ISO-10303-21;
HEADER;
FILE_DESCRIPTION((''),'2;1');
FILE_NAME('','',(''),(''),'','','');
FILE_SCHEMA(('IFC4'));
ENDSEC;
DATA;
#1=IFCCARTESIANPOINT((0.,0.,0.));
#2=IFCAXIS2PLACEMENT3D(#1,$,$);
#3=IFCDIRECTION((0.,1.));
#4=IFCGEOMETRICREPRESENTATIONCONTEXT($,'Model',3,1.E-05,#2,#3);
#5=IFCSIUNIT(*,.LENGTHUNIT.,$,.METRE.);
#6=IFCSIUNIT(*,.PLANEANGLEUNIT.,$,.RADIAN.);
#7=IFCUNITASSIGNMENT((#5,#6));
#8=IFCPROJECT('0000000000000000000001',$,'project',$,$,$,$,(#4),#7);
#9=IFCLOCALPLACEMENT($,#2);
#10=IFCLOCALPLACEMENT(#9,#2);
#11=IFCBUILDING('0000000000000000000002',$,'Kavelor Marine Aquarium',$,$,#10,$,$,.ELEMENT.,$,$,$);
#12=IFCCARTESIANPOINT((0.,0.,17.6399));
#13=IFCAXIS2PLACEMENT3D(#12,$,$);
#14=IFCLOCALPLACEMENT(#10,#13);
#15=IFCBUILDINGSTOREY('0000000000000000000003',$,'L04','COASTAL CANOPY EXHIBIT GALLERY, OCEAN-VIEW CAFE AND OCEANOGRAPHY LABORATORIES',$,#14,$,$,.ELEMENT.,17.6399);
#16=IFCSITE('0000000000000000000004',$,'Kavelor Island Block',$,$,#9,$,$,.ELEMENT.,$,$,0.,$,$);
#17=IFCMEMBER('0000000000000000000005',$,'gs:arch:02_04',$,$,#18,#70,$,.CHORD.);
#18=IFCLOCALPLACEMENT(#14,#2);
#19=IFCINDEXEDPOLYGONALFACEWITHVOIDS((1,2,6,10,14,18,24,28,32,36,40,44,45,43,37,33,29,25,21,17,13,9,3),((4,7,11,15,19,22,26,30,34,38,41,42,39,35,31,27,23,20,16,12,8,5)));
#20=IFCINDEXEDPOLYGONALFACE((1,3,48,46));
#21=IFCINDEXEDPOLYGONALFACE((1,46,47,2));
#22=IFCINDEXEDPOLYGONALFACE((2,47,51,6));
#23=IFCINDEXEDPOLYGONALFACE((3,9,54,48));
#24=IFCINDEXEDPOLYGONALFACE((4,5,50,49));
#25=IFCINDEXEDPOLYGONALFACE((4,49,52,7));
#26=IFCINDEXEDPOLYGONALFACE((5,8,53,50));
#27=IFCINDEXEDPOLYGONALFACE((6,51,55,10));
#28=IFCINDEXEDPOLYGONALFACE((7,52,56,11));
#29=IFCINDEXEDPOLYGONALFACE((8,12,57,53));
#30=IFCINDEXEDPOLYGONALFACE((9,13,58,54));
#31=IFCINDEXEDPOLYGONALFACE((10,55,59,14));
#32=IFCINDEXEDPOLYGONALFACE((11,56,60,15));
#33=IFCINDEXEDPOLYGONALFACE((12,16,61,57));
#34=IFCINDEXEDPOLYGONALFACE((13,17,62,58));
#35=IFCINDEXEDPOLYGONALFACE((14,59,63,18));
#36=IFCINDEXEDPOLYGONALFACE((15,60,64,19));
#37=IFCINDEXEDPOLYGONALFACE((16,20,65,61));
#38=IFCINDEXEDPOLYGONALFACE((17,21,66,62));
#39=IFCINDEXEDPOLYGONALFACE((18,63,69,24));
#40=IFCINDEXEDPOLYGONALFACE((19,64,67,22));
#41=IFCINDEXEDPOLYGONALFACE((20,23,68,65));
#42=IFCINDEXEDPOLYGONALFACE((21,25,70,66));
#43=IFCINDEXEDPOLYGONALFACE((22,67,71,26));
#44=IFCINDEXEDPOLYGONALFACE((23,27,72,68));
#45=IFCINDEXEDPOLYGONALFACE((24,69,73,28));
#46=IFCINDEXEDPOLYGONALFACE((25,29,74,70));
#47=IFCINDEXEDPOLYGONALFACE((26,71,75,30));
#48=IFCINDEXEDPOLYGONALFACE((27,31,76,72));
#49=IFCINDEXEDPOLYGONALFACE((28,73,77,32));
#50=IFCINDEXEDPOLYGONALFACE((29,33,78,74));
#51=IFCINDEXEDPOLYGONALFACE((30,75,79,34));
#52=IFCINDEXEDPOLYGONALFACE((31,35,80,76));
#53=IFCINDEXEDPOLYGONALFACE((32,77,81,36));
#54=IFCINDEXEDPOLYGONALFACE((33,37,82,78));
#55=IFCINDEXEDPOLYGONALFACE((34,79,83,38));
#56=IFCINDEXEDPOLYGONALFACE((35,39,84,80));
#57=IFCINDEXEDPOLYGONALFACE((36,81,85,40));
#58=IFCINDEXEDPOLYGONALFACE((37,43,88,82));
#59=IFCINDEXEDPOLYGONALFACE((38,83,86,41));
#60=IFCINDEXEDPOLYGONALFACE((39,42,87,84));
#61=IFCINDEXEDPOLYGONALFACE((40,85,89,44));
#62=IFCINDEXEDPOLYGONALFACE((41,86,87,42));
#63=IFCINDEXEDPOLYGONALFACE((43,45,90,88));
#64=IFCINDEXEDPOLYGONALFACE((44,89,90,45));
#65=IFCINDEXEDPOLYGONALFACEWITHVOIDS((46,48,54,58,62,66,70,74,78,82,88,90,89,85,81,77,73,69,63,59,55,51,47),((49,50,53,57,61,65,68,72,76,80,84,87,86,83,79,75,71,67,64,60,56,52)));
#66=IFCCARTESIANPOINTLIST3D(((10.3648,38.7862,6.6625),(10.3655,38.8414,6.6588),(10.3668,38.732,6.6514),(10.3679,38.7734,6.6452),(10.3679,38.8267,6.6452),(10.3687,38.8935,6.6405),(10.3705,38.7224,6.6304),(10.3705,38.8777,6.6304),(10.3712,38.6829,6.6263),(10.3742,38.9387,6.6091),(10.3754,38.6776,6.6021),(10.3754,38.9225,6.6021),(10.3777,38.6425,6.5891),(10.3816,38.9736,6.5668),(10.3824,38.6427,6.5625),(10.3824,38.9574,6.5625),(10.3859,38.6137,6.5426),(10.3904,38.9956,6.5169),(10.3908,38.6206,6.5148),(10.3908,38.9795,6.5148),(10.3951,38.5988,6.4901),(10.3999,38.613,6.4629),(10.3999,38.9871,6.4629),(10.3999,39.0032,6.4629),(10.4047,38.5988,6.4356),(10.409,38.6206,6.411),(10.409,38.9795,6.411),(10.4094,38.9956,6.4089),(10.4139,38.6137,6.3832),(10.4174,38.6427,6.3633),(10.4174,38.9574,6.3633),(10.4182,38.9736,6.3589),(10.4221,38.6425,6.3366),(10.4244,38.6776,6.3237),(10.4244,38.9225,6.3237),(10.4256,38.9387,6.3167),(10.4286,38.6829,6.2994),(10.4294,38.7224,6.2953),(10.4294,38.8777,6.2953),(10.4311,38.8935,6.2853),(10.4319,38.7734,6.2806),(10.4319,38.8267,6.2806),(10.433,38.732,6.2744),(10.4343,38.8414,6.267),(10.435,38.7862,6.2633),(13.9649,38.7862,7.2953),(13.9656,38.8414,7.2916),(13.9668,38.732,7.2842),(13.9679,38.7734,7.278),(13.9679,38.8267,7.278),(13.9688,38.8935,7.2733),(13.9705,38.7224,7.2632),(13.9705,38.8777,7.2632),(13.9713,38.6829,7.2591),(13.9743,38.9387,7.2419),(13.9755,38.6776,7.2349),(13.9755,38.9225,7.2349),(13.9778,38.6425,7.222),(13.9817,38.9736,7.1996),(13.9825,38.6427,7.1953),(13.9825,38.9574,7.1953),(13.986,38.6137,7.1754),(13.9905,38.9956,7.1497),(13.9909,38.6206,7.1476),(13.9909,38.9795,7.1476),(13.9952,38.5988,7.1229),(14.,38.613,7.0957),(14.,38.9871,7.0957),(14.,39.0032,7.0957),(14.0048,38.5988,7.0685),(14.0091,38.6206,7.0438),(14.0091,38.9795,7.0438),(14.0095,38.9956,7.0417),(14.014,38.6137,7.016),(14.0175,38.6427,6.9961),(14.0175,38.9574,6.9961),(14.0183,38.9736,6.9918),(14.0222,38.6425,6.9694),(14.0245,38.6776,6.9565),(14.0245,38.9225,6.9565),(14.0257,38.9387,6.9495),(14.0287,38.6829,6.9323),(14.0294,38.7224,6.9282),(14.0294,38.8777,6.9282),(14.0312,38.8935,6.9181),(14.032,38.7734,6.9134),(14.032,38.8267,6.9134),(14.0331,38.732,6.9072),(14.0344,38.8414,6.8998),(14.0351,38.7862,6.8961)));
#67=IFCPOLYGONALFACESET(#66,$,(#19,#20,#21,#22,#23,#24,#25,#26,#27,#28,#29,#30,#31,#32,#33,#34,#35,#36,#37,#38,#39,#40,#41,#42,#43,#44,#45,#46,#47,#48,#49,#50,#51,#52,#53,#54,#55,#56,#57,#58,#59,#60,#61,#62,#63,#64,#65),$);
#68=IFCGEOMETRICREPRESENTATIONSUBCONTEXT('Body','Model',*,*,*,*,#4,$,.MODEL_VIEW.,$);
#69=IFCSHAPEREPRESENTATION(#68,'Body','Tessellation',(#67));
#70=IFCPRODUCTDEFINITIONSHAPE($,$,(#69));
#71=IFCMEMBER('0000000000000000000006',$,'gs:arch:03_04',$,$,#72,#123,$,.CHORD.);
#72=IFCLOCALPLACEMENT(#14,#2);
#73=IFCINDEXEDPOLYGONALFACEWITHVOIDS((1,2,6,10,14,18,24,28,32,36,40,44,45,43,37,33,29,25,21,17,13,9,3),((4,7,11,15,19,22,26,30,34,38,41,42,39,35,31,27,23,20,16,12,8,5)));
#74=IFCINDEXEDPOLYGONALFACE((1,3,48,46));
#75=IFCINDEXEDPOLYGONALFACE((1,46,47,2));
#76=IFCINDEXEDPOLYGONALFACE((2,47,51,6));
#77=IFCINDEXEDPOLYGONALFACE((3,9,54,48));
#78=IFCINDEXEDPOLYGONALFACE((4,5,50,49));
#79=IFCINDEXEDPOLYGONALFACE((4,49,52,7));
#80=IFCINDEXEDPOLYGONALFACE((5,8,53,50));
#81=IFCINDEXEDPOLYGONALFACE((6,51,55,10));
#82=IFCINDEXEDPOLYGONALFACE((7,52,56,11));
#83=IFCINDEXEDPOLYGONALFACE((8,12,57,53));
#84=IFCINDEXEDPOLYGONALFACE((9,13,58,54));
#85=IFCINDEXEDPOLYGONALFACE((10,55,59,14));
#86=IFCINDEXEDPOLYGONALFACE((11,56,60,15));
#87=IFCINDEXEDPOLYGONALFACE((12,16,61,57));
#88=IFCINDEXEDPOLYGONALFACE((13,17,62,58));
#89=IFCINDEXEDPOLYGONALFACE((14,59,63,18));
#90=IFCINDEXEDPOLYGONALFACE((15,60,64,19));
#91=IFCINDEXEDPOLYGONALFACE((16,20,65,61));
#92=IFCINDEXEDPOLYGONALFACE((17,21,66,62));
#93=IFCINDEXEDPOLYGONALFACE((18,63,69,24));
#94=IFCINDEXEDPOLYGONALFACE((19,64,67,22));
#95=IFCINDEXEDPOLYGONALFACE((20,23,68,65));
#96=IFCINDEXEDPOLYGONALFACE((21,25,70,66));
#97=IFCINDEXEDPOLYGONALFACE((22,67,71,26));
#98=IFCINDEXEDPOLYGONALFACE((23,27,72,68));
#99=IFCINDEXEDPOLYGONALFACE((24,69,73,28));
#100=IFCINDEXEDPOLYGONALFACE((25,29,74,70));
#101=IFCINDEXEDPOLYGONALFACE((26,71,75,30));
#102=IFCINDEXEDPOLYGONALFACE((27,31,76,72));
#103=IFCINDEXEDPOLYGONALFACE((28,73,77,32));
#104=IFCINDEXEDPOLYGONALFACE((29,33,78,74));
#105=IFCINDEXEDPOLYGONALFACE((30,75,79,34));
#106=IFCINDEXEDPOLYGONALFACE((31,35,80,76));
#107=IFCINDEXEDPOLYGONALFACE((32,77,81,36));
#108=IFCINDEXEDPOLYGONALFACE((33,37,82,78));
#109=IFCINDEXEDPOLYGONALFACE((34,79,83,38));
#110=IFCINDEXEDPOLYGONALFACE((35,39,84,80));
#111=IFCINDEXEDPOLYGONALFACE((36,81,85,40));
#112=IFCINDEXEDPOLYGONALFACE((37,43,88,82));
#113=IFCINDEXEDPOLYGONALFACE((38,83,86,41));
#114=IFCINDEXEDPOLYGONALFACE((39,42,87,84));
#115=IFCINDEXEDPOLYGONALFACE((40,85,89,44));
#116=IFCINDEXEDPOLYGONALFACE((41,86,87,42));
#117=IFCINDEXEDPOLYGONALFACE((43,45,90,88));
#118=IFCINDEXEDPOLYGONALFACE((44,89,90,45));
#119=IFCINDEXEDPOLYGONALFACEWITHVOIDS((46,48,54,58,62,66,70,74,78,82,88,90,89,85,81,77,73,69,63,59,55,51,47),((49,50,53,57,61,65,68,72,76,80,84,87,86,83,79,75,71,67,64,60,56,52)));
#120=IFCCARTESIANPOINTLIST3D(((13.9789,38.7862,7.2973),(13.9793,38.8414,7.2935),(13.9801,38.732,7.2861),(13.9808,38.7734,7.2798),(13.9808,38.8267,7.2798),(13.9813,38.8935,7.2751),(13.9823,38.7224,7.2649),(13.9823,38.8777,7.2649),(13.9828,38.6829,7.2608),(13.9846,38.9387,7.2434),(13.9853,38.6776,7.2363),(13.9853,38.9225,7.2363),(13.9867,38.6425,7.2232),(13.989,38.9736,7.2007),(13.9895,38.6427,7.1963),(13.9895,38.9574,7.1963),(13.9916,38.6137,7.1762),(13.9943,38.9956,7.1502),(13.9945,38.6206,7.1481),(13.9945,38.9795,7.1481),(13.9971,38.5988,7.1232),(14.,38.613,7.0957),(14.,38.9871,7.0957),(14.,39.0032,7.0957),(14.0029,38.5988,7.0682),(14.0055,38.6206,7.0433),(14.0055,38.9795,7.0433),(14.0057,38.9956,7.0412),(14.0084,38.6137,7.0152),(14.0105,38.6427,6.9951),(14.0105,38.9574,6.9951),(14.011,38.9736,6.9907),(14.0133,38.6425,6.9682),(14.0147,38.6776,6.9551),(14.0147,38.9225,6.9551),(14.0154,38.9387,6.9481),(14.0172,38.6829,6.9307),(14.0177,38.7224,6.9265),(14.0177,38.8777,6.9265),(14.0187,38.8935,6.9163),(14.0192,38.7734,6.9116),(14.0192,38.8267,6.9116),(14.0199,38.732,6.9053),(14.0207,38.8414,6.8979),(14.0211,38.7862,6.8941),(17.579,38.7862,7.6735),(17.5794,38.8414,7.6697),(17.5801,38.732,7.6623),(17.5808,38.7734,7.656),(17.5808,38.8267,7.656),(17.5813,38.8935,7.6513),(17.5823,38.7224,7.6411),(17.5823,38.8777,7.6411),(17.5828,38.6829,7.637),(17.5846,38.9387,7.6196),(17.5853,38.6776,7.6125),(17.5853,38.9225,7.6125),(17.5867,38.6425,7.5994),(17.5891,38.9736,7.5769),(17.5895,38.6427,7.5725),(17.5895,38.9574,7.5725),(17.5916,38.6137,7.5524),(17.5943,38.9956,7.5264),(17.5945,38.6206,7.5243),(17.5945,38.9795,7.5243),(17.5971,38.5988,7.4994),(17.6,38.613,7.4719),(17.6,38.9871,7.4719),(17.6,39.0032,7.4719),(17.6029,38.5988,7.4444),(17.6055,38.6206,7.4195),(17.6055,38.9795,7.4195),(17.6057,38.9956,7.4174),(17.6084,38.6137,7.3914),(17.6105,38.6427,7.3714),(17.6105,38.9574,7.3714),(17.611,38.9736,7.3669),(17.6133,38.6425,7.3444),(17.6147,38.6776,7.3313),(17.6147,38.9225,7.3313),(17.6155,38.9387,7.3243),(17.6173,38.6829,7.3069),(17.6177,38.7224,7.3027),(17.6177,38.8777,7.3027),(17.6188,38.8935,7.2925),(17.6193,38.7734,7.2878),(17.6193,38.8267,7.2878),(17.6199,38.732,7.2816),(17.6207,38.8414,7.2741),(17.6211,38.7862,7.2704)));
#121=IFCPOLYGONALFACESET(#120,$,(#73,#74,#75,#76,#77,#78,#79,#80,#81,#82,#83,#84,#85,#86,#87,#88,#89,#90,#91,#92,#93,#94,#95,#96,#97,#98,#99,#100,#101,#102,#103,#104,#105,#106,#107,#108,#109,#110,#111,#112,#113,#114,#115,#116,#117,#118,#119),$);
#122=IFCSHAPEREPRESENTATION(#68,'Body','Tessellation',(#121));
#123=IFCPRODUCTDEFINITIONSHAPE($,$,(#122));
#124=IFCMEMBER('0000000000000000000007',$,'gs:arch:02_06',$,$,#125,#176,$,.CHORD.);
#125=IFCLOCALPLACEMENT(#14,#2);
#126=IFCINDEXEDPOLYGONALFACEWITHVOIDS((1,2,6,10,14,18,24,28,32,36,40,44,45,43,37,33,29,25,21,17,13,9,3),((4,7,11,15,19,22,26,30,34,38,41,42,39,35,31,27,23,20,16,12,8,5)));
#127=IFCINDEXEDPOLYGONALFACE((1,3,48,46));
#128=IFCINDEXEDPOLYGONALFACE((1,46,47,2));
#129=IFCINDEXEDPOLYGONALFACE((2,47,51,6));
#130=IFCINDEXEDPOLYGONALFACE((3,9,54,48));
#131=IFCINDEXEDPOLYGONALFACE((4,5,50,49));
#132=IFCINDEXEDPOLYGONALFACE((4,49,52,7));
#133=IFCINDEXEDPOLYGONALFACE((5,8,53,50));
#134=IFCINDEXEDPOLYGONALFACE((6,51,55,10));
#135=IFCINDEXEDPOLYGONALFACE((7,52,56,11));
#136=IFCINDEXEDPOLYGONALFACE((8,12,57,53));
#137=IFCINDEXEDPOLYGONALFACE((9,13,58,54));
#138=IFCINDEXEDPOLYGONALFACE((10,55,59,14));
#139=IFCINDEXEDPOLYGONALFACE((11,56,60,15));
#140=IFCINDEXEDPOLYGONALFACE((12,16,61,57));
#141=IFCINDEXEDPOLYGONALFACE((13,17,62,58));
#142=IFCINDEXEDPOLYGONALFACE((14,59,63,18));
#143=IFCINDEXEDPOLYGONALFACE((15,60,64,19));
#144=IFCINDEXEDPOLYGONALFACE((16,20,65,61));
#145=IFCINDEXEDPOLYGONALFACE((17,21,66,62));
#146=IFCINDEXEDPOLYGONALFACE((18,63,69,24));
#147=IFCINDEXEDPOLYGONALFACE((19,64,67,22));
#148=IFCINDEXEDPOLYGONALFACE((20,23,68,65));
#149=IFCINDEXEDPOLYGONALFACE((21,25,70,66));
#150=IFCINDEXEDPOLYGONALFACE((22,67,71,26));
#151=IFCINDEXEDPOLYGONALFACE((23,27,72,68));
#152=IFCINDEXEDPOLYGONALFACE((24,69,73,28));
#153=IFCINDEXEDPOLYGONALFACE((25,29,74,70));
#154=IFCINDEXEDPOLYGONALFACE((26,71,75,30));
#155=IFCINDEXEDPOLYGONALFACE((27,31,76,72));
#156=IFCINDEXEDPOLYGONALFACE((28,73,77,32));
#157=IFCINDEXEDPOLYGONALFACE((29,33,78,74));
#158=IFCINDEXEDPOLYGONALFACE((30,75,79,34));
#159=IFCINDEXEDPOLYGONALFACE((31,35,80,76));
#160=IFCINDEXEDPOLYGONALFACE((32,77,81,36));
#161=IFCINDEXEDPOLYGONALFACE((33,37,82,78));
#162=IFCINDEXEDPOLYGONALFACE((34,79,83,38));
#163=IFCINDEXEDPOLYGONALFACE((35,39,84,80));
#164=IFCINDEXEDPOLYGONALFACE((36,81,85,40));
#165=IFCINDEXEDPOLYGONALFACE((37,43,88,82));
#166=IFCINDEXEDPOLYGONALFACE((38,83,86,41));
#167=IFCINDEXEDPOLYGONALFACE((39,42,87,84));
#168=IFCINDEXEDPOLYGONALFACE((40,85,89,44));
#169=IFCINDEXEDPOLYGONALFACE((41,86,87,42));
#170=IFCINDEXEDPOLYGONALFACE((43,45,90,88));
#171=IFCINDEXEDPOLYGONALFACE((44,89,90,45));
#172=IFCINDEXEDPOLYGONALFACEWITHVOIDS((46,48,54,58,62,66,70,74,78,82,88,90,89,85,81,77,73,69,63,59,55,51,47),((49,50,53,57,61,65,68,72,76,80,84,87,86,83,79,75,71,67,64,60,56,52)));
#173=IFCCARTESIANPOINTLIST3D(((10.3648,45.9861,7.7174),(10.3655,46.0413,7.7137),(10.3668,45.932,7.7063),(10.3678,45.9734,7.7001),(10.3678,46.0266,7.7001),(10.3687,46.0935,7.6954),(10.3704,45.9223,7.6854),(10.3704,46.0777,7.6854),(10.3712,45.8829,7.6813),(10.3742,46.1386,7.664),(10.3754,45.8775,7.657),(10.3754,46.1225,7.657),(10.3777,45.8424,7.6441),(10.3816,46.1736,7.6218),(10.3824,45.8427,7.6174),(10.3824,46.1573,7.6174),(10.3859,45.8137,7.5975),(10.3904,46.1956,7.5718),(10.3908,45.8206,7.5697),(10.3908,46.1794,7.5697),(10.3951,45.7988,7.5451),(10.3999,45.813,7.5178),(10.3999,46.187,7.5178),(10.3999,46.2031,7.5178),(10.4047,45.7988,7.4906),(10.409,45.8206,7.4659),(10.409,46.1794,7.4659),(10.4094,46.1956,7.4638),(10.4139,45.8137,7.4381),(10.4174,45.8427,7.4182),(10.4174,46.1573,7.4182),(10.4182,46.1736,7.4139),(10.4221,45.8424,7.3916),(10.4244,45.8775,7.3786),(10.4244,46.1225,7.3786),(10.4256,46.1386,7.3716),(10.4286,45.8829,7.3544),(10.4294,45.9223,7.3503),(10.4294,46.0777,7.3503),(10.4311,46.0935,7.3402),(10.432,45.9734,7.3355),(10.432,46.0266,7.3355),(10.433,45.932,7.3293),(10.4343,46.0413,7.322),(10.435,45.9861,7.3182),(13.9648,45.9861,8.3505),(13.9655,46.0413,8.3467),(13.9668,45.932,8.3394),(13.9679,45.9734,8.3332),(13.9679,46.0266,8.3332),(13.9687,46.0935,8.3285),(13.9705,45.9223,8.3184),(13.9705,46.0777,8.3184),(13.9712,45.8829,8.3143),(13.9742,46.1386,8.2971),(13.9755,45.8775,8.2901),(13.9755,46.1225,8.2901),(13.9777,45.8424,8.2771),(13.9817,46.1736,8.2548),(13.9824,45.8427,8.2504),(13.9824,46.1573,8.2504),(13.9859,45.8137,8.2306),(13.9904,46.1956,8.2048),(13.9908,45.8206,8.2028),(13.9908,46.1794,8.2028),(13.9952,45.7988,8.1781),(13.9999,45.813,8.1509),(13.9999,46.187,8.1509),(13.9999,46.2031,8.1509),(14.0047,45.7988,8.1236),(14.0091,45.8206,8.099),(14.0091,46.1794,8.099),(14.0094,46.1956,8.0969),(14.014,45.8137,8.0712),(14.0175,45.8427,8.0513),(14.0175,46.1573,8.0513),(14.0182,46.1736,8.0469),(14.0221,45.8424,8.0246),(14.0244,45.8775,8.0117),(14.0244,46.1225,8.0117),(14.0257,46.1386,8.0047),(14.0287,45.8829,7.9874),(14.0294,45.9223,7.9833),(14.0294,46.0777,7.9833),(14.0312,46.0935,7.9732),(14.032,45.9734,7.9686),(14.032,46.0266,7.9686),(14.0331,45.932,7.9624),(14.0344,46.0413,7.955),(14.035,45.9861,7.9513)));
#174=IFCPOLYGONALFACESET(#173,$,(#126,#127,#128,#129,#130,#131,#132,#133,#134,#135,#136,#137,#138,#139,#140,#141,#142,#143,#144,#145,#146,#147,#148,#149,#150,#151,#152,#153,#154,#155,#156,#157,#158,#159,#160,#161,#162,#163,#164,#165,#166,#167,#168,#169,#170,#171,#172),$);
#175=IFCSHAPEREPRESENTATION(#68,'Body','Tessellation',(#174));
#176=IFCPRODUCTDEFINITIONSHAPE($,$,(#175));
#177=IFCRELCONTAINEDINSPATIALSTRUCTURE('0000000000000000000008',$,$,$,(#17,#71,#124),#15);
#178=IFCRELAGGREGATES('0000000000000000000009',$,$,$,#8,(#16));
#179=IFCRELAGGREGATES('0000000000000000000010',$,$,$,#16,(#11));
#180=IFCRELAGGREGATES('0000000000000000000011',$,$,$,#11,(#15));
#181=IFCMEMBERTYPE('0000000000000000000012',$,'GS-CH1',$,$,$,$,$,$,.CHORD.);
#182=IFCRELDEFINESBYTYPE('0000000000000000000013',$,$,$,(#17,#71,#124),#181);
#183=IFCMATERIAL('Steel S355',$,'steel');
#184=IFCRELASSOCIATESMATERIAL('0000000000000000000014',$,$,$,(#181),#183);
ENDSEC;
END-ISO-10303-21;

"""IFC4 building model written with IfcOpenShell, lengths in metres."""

from ifc_helpers import new_model, si_unit, direction, frame, origin, origin_2d, place, context, subcontext, project, spatial, hollow_circle, extrude, material, material_profile, profile_set, type_object, element, save


model = new_model("IFC4")

# Units and contexts
model_context = context("Model", 3, precision=1e-05, world=origin(), true_north=direction((0.0, 1.0)))
body_context = subcontext(model_context, "Body", "Model", "MODEL_VIEW")
ifc_project = project(units=[si_unit("LENGTHUNIT", "METRE"), si_unit("PLANEANGLEUNIT", "RADIAN")], contexts=[model_context])

# Site, building, storey
site_placement = place(None, origin())
site = spatial("IfcSite", under=ifc_project, at=site_placement, Name="Kavelor Island Block", CompositionType="ELEMENT", RefElevation=0.0)
building_placement = place(site_placement, origin())
building = spatial("IfcBuilding", under=site, at=building_placement, Name="Kavelor Marine Aquarium", CompositionType="ELEMENT")
storey_placement = place(building_placement, frame((0.0, 0.0, 17.6399)))
storey = spatial("IfcBuildingStorey", under=building, at=storey_placement, Name="L04", Description="COASTAL CANOPY EXHIBIT GALLERY, OCEAN-VIEW CAFE AND OCEANOGRAPHY LABORATORIES", CompositionType="ELEMENT", Elevation=17.6399)

# Members
ifc_material_1 = material(Name="Steel S355", Category="steel")
ifc_material_profile_1 = material_profile(ifc_material_1, hollow_circle(Radius=0.2031, WallThickness=0.0161, at=origin_2d()), Name="CHS 406.4x16.0")
ifc_profile_set_1 = profile_set([ifc_material_profile_1], Name="Steel S355")
member_type_1 = type_object("IfcMemberType", Name="GS-CH1", PredefinedType="CHORD", material=ifc_profile_set_1)
member_1_placement = place(storey_placement, frame((10.3999, 38.8, 6.4629), z_axis=(0.9849, 0.0, 0.173122), x_axis=(0.0, 1.0, 0.0)))
element("IfcMember", 1, at=member_1_placement, inside=storey, type_object=member_type_1, Name="gs:arch:02_04", PredefinedType="CHORD", context=body_context, shape_type="SweptSolid", body=[
    extrude(hollow_circle(Radius=0.2031, WallThickness=0.0161, at=origin_2d()), origin(), (0.0, 0.0, 1.0), 3.6553),
])
member_2_placement = place(storey_placement, frame((14.0, 38.8, 7.0957), z_axis=(0.994584, 0.0, 0.103937), x_axis=(0.0, 1.0, 0.0)))
element("IfcMember", 2, at=member_2_placement, inside=storey, type_object=member_type_1, Name="gs:arch:03_04", PredefinedType="CHORD", context=body_context, shape_type="SweptSolid", body=[
    extrude(hollow_circle(Radius=0.2031, WallThickness=0.0161, at=origin_2d()), origin(), (0.0, 0.0, 1.0), 3.6196),
])
member_3_placement = place(storey_placement, frame((10.3999, 46.0, 7.5178), z_axis=(0.984889, 0.0, 0.173187), x_axis=(0.0, 1.0, 0.0)))
element("IfcMember", 3, at=member_3_placement, inside=storey, type_object=member_type_1, Name="gs:arch:02_06", PredefinedType="CHORD", context=body_context, shape_type="SweptSolid", body=[
    extrude(hollow_circle(Radius=0.2031, WallThickness=0.0161, at=origin_2d()), origin(), (0.0, 0.0, 1.0), 3.6553),
])

save(model, "model.ifc")
